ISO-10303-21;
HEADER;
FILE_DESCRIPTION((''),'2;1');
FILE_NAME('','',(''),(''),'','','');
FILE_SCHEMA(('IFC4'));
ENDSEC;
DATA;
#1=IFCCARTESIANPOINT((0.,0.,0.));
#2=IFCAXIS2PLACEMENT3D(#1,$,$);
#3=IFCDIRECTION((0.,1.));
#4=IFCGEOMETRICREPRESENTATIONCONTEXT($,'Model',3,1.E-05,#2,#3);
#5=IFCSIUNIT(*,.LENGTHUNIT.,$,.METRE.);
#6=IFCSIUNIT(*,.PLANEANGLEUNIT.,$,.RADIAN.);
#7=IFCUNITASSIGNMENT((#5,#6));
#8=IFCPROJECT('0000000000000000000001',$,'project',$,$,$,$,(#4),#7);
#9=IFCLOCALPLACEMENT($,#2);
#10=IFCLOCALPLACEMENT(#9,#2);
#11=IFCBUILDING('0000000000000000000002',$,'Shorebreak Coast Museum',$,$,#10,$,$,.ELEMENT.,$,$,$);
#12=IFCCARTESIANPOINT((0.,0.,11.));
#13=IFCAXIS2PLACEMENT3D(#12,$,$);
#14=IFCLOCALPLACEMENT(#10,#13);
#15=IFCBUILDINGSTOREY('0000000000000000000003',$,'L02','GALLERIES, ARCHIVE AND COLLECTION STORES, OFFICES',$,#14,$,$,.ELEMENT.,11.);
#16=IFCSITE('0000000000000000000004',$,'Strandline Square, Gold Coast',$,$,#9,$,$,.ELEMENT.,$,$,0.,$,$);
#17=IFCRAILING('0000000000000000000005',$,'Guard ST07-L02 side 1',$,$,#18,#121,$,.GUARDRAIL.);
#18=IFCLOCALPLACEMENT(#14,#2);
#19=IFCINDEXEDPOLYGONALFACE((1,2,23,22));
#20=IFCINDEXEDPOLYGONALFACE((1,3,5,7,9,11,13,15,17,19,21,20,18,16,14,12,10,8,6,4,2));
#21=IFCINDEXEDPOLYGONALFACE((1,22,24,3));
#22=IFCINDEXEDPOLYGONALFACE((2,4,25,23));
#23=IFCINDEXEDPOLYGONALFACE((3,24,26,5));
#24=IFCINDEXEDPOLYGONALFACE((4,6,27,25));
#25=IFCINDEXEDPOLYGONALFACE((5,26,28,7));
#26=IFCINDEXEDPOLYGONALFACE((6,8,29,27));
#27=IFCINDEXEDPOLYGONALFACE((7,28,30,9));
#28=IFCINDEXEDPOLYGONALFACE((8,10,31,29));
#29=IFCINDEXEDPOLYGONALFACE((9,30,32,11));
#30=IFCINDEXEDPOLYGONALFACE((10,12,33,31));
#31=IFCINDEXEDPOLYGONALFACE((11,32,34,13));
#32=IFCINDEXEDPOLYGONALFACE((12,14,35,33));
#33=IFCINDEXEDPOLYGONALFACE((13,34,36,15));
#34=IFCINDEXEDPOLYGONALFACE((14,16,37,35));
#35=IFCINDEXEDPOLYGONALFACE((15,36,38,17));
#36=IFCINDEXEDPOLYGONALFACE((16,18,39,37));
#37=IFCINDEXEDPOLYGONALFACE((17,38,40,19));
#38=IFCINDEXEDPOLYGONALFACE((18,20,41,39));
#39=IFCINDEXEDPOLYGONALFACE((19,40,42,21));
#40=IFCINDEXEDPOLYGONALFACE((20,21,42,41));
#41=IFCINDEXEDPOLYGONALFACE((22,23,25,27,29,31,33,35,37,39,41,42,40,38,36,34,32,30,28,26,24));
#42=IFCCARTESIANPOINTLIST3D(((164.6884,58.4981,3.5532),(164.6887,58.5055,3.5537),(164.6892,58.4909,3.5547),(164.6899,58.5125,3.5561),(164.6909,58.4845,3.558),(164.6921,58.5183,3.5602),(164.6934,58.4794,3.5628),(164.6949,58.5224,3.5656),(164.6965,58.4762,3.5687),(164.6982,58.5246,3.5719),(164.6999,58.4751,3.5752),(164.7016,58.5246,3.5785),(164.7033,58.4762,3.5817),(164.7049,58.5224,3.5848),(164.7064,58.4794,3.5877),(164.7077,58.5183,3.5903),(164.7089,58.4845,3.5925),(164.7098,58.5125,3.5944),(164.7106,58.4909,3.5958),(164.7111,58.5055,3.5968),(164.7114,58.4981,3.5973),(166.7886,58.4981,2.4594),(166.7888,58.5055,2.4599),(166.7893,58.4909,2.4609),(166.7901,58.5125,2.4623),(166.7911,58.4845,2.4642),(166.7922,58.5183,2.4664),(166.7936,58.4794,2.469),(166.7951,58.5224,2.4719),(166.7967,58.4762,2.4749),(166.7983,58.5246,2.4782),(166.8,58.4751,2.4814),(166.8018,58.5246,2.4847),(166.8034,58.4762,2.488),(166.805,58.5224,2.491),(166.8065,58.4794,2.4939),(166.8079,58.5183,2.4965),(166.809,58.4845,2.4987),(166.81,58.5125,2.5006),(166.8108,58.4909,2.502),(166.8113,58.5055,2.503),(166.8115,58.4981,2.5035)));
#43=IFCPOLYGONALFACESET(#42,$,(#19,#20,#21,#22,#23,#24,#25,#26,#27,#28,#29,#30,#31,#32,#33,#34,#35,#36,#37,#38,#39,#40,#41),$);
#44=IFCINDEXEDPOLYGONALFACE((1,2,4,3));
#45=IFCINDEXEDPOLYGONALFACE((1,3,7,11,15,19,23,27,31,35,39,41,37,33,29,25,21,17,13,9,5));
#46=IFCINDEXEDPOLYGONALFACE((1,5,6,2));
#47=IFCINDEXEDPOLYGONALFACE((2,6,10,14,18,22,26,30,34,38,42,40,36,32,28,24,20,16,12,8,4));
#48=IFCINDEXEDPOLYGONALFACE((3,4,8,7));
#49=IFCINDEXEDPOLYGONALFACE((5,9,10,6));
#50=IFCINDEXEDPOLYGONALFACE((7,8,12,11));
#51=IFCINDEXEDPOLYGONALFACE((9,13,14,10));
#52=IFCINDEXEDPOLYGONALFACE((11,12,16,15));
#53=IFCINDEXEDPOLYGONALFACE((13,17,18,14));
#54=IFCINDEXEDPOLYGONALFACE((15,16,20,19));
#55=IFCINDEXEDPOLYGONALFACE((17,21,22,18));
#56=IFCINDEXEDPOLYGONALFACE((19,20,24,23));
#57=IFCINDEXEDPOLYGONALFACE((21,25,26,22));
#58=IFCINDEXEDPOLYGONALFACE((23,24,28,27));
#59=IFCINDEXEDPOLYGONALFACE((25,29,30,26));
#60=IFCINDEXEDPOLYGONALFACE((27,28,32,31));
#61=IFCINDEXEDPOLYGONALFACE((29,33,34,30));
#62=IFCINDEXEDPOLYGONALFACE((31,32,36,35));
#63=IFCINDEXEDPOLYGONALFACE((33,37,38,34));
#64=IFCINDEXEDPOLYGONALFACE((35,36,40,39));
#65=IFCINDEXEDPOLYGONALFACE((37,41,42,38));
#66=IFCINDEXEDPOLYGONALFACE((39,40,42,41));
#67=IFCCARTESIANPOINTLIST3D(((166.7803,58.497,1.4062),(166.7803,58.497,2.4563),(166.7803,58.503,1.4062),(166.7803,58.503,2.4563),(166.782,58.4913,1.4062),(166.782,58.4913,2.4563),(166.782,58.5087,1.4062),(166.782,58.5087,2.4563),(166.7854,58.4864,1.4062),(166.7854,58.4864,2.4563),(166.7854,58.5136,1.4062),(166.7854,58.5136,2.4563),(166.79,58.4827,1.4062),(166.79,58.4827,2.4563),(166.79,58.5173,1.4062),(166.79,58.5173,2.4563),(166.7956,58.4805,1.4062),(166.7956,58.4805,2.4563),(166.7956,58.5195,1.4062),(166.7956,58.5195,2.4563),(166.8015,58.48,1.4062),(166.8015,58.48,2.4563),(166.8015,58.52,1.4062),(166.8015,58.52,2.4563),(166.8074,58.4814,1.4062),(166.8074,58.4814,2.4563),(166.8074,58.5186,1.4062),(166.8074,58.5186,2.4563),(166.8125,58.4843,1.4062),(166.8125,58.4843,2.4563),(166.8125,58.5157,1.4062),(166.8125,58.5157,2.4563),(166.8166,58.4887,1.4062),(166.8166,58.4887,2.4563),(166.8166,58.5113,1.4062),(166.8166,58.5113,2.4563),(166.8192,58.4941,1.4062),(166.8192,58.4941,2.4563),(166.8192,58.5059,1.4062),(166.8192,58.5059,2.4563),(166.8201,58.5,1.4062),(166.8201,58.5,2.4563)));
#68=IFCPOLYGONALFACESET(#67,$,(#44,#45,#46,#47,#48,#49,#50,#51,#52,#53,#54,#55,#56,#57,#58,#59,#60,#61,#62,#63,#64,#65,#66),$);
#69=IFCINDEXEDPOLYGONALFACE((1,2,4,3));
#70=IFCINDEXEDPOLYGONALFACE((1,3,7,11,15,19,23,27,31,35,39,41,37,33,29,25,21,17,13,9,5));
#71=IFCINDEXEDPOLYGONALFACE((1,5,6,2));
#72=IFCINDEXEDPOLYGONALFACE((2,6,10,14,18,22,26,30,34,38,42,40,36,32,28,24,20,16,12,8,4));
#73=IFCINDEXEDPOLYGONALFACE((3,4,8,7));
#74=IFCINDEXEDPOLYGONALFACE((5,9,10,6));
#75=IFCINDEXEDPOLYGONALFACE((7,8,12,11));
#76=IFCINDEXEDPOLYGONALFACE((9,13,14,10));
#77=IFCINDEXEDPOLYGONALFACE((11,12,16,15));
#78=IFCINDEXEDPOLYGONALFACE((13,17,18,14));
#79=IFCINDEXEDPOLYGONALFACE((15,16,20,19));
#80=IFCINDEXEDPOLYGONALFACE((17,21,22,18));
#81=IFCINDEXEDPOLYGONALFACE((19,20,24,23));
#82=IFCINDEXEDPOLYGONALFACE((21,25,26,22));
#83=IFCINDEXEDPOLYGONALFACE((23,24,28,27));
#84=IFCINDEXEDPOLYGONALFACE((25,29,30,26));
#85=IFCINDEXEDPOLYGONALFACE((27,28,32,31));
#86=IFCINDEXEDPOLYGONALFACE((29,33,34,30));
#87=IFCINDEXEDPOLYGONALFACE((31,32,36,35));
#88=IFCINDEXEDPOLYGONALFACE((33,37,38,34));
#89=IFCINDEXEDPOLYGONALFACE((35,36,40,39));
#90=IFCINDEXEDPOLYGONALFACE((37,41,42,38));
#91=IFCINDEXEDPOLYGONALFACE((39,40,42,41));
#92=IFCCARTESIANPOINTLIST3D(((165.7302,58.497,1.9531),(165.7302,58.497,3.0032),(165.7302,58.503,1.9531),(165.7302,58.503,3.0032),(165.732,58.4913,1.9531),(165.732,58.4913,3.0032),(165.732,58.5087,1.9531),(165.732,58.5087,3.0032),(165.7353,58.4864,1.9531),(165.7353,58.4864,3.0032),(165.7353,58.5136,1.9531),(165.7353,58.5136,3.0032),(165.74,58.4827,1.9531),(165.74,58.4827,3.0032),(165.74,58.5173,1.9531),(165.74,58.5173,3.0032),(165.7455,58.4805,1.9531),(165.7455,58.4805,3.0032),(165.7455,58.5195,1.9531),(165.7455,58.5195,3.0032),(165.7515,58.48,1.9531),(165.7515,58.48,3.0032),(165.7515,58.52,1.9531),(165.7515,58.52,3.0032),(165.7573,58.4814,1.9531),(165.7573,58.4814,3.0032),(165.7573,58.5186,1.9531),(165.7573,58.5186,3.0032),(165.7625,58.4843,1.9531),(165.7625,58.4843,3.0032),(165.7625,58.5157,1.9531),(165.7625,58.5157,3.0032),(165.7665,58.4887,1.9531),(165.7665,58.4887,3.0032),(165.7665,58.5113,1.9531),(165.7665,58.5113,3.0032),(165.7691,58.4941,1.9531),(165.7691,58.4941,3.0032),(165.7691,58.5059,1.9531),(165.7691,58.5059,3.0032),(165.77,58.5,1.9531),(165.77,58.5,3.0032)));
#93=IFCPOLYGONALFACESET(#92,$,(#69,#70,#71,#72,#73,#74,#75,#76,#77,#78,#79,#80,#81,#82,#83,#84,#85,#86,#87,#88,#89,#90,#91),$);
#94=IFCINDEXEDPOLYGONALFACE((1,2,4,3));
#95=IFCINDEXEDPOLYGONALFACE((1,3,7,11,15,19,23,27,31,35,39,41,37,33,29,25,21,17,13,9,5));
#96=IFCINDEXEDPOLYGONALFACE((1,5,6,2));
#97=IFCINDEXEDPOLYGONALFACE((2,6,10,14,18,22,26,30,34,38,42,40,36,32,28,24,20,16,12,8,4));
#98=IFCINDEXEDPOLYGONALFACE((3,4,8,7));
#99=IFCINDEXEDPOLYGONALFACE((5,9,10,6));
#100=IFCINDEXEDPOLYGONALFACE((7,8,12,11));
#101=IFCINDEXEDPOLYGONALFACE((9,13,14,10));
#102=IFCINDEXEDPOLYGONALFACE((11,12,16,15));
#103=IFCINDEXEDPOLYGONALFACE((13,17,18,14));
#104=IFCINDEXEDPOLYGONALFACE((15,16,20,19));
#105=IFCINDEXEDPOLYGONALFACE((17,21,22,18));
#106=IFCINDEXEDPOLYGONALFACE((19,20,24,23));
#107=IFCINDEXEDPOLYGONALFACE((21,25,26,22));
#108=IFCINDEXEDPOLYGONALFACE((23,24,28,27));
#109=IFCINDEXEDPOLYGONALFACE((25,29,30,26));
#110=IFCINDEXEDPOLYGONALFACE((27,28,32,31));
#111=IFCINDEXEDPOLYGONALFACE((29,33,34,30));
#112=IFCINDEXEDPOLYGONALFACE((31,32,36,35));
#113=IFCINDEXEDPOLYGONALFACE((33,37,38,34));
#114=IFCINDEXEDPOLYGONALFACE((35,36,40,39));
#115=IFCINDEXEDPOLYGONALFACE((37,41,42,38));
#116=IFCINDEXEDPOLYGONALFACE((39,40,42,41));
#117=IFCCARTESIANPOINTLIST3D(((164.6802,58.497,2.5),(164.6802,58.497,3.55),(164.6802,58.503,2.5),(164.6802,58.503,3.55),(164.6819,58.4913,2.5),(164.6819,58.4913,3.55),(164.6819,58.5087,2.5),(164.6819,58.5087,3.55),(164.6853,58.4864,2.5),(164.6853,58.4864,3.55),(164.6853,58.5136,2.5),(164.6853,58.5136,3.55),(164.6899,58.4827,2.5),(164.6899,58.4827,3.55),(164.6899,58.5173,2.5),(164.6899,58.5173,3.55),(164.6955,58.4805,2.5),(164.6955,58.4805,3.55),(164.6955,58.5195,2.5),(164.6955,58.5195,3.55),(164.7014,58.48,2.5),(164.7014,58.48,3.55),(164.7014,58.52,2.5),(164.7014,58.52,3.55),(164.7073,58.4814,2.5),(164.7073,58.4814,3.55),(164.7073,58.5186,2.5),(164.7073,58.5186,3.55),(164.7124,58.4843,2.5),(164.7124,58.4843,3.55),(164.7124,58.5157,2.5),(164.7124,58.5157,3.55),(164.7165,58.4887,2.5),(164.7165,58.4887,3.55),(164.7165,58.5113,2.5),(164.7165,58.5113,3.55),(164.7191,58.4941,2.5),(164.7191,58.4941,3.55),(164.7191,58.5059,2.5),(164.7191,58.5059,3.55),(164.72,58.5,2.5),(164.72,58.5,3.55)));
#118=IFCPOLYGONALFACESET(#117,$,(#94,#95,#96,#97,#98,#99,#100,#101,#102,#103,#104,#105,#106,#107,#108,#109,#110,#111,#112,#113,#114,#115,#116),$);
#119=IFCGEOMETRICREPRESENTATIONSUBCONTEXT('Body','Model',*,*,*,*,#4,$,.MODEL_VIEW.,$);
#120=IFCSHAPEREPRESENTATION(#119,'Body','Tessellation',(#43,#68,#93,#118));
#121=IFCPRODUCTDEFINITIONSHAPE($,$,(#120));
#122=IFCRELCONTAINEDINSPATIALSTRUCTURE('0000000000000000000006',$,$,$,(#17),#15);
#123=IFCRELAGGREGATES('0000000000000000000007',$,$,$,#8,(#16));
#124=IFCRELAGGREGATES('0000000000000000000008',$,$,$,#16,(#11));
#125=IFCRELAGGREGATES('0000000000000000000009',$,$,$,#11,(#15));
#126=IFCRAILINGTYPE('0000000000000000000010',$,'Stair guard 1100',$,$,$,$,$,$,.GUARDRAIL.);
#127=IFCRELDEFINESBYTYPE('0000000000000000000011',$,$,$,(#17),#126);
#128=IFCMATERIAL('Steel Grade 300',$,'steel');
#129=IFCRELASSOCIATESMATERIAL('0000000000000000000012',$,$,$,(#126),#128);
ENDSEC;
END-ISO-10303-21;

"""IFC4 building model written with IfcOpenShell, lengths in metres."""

from ifc_helpers import new_model, si_unit, direction, frame, origin, origin_2d, place, context, subcontext, project, spatial, circle, extrude, material, type_object, element, save


model = new_model("IFC4")

# Units and contexts
model_context = context("Model", 3, precision=1e-05, world=origin(), true_north=direction((0.0, 1.0)))
body_context = subcontext(model_context, "Body", "Model", "MODEL_VIEW")
ifc_project = project(units=[si_unit("LENGTHUNIT", "METRE"), si_unit("PLANEANGLEUNIT", "RADIAN")], contexts=[model_context])

# Site, building, storey
site_placement = place(None, origin())
site = spatial("IfcSite", under=ifc_project, at=site_placement, Name="Strandline Square, Gold Coast", CompositionType="ELEMENT", RefElevation=0.0)
building_placement = place(site_placement, origin())
building = spatial("IfcBuilding", under=site, at=building_placement, Name="Shorebreak Coast Museum", CompositionType="ELEMENT")
storey_placement = place(building_placement, frame((0.0, 0.0, 11.0)))
storey = spatial("IfcBuildingStorey", under=building, at=storey_placement, Name="L02", Description="GALLERIES, ARCHIVE AND COLLECTION STORES, OFFICES", CompositionType="ELEMENT", Elevation=11.0)

# Railing
ifc_material_1 = material(Name="Steel Grade 300", Category="steel")
railing_type_1 = type_object("IfcRailingType", Name="Stair guard 1100", PredefinedType="GUARDRAIL", material=ifc_material_1)
for number, where, name in (
    (1, (166.8, 58.5, 1.4062), "Guard ST07-L02 side 1"),
):
    element("IfcRailing", number, at=place(storey_placement, frame(where)), inside=storey, type_object=railing_type_1, Name=name, PredefinedType="GUARDRAIL", context=body_context, shape_type="SweptSolid", body=[
        extrude(circle(Radius=0.0249, at=origin_2d()), frame((0.0, 0.0, 1.0752), z_axis=(-0.886923, 0.0, 0.461918), x_axis=(0.0, -1.0, 0.0)), (0.0, 0.0, 1.0), 2.3679),
        extrude(circle(Radius=0.02, at=origin_2d()), origin(), (0.0, 0.0, 1.0), 1.05),
        extrude(circle(Radius=0.02, at=origin_2d()), frame((-1.05, 0.0, 0.5469)), (0.0, 0.0, 1.0), 1.05),
        extrude(circle(Radius=0.02, at=origin_2d()), frame((-2.1001, 0.0, 1.0938)), (0.0, 0.0, 1.0), 1.05),
    ])

save(model, "model.ifc")
